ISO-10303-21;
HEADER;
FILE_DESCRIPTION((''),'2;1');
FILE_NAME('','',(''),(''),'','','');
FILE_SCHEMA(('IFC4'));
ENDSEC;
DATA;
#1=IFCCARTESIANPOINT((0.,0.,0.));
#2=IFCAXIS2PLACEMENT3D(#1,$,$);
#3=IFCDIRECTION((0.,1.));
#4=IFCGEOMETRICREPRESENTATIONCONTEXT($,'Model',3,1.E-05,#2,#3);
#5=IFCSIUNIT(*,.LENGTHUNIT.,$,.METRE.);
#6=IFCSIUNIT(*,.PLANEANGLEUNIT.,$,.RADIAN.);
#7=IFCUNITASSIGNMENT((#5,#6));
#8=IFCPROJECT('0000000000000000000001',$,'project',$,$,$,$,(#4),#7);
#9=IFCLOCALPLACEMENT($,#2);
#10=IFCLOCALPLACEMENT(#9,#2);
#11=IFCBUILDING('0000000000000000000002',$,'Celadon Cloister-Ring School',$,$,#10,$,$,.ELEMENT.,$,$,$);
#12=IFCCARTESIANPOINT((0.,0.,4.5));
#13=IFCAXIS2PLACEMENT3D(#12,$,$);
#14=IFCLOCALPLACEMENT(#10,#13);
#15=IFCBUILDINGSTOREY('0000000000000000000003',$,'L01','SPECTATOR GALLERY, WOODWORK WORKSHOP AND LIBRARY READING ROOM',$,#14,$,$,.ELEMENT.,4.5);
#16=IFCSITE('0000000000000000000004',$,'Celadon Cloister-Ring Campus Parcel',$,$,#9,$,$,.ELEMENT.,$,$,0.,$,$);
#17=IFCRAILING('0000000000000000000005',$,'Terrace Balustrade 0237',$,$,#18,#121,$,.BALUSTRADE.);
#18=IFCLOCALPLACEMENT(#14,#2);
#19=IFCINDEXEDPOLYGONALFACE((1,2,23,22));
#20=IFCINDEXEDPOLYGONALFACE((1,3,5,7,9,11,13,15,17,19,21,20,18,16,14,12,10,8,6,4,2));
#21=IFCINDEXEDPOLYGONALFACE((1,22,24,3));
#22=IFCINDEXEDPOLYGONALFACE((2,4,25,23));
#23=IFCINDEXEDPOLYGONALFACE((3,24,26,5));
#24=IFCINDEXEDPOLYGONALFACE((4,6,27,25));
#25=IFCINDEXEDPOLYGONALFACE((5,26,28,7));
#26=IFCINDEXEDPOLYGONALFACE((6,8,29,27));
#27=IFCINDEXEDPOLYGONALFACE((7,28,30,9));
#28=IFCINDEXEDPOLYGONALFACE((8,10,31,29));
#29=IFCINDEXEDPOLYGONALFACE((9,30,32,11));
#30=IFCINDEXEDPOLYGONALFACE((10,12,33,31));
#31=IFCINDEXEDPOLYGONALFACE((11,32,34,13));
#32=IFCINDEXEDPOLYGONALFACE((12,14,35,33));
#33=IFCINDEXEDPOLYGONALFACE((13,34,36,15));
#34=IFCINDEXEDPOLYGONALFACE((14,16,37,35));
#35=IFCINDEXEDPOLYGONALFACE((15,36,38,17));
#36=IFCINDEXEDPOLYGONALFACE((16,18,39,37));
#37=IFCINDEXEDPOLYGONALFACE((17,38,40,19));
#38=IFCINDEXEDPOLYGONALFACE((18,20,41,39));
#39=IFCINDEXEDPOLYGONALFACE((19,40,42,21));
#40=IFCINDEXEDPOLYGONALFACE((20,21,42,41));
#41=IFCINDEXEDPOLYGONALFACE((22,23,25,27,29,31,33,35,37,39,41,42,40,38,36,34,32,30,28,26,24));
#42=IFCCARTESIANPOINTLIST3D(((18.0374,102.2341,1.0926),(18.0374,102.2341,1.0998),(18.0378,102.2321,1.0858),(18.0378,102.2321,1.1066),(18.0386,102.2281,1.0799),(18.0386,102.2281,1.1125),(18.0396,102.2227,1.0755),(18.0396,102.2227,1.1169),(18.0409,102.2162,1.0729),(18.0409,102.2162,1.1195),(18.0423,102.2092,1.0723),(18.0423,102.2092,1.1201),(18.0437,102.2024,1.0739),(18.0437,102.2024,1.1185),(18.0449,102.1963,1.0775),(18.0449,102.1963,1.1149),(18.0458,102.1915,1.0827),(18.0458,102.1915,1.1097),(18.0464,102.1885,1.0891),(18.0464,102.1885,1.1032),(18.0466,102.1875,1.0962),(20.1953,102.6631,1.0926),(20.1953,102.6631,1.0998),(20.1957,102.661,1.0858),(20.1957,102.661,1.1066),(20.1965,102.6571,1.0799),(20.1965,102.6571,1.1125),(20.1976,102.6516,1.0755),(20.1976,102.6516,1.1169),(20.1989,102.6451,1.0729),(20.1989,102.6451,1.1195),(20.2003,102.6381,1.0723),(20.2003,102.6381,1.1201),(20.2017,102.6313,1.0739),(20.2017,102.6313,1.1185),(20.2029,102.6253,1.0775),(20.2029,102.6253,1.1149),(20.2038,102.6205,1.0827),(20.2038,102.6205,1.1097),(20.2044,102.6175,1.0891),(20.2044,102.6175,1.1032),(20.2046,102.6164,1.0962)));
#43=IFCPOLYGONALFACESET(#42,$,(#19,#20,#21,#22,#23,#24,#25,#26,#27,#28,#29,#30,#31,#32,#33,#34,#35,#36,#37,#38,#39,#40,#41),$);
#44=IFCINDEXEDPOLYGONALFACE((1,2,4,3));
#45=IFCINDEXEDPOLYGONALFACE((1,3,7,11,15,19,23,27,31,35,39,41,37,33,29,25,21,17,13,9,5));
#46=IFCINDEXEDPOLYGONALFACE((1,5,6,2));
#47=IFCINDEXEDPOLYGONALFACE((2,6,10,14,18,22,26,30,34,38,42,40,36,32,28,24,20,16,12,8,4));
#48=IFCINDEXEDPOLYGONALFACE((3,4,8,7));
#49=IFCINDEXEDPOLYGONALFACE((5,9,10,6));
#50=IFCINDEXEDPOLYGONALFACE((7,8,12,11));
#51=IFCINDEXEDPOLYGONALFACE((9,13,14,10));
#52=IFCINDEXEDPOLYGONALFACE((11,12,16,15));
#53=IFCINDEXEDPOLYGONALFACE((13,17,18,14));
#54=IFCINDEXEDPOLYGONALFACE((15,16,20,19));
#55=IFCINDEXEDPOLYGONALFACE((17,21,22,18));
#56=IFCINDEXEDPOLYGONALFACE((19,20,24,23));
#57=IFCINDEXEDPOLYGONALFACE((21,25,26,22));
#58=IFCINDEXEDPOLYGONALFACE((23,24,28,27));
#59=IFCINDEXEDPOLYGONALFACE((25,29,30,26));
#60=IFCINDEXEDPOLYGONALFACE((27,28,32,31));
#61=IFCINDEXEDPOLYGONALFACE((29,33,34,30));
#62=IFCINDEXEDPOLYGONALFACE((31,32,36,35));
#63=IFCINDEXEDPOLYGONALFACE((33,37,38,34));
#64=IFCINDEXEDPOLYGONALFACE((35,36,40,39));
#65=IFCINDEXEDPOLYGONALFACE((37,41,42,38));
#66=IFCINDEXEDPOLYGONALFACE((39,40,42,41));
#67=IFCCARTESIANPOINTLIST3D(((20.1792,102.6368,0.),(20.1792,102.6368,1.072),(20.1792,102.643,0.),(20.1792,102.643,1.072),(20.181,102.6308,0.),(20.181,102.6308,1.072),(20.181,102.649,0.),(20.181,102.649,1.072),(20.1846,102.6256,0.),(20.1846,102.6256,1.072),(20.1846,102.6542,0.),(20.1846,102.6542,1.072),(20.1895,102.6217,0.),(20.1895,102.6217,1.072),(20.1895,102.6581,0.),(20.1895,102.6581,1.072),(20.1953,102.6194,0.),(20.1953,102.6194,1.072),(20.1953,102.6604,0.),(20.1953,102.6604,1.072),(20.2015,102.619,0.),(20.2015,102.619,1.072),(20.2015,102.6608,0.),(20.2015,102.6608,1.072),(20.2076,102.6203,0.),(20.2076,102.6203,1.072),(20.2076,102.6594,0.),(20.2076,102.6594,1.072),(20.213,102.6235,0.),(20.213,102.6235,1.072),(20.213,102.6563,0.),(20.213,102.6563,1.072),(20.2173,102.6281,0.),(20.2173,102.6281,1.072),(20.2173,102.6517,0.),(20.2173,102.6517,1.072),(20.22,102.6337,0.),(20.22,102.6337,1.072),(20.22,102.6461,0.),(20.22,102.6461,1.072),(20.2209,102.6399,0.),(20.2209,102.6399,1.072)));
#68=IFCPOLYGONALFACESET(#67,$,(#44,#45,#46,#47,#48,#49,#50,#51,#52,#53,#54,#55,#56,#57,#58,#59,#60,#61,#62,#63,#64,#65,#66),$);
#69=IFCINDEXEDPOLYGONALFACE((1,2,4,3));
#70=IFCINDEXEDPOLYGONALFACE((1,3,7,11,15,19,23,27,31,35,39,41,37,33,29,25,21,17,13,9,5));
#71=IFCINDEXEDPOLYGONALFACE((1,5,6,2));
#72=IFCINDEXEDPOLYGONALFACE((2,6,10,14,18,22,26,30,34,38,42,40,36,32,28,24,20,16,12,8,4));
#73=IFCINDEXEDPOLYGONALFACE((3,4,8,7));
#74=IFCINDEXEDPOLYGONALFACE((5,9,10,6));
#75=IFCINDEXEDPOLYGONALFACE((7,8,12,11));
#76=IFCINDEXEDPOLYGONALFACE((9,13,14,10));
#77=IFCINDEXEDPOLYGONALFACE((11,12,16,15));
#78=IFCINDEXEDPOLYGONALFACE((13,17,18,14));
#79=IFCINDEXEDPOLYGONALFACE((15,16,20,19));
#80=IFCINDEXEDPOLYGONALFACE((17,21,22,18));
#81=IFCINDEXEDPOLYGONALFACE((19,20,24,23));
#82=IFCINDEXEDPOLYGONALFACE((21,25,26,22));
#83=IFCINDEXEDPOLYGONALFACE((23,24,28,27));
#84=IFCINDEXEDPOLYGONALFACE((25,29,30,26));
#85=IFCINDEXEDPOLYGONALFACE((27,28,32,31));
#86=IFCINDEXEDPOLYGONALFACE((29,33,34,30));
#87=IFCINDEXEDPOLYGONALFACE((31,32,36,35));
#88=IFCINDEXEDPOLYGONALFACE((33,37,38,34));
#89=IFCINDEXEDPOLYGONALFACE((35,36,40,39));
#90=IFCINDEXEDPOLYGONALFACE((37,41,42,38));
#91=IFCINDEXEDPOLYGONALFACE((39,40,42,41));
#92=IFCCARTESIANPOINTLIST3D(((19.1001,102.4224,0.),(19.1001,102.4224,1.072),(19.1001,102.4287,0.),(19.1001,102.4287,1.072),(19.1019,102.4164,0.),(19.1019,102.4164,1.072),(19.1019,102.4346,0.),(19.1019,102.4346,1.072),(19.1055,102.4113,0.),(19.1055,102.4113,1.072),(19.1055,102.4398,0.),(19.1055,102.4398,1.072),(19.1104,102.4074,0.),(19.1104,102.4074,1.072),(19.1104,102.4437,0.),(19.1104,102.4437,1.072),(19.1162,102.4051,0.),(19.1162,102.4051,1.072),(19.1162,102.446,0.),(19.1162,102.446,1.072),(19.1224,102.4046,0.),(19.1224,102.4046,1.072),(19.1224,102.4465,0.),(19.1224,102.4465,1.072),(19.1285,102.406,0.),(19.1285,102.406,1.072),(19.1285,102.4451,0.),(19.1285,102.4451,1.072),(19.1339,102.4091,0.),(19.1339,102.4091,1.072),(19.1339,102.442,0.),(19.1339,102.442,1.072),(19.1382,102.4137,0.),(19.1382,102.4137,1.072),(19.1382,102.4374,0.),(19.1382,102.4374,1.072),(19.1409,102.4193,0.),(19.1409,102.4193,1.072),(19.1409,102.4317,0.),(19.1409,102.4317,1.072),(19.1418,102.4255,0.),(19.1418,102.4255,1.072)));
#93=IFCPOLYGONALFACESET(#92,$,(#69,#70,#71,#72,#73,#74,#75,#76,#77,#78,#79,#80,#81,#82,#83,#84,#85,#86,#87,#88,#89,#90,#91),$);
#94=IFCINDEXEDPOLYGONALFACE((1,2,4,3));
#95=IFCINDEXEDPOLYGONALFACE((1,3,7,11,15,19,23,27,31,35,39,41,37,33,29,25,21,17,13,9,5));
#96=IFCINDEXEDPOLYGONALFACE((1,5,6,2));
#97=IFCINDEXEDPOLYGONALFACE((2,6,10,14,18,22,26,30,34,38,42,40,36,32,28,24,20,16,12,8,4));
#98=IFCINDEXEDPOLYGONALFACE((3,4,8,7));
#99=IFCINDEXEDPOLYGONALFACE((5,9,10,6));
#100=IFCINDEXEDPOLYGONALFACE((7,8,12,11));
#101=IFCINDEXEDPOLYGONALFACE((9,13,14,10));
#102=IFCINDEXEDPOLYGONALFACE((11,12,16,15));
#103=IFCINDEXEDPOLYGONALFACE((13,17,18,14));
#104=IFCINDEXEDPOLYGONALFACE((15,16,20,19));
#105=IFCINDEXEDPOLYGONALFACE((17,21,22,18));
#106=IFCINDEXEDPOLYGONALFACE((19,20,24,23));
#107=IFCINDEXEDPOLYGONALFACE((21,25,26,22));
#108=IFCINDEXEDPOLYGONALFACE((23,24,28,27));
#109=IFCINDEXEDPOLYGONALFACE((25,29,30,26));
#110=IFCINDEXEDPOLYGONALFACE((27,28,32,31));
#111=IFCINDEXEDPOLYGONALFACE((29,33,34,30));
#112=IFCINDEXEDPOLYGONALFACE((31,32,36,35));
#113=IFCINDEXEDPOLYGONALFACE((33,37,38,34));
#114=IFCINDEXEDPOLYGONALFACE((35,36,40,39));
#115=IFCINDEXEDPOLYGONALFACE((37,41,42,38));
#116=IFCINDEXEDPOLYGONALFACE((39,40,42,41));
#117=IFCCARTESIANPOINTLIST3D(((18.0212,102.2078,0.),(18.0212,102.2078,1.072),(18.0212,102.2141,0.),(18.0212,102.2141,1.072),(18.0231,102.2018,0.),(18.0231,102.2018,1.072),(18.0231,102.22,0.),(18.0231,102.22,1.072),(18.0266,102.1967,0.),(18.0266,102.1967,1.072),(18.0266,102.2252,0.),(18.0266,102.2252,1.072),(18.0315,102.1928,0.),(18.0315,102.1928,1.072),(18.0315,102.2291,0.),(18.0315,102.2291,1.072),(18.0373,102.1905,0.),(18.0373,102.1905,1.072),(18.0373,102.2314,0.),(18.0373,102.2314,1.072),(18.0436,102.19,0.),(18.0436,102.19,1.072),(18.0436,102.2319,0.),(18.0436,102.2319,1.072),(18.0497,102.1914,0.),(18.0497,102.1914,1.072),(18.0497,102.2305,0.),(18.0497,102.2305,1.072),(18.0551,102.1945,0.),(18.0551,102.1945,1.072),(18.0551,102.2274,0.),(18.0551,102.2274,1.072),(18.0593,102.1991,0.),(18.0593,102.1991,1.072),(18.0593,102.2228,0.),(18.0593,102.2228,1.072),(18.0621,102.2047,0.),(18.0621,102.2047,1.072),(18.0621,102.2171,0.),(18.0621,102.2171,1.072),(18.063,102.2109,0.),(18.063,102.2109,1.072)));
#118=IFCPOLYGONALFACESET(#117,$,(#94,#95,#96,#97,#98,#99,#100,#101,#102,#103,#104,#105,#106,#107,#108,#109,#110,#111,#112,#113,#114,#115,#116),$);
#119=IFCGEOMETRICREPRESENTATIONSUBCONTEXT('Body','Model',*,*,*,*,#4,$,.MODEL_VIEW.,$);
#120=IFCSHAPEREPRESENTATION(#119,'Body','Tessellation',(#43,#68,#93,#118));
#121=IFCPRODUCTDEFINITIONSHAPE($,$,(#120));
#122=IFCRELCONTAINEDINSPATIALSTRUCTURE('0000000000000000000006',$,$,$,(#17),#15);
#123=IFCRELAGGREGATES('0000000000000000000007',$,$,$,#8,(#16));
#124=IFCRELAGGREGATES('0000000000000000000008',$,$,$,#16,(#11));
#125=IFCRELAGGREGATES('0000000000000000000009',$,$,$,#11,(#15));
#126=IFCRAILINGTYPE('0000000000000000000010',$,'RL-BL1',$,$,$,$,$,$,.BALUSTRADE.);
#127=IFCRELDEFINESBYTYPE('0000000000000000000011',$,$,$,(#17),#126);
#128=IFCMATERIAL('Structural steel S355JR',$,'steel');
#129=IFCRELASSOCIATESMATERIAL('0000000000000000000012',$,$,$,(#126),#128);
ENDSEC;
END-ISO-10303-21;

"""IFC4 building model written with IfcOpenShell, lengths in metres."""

from ifc_helpers import new_model, si_unit, direction, frame, origin, origin_2d, place, context, subcontext, project, spatial, circle, extrude, material, type_object, element, save


model = new_model("IFC4")

# Units and contexts
model_context = context("Model", 3, precision=1e-05, world=origin(), true_north=direction((0.0, 1.0)))
body_context = subcontext(model_context, "Body", "Model", "MODEL_VIEW")
ifc_project = project(units=[si_unit("LENGTHUNIT", "METRE"), si_unit("PLANEANGLEUNIT", "RADIAN")], contexts=[model_context])

# Site, building, storey
site_placement = place(None, origin())
site = spatial("IfcSite", under=ifc_project, at=site_placement, Name="Celadon Cloister-Ring Campus Parcel", CompositionType="ELEMENT", RefElevation=0.0)
building_placement = place(site_placement, origin())
building = spatial("IfcBuilding", under=site, at=building_placement, Name="Celadon Cloister-Ring School", CompositionType="ELEMENT")
storey_placement = place(building_placement, frame((0.0, 0.0, 4.5)))
storey = spatial("IfcBuildingStorey", under=building, at=storey_placement, Name="L01", Description="SPECTATOR GALLERY, WOODWORK WORKSHOP AND LIBRARY READING ROOM", CompositionType="ELEMENT", Elevation=4.5)

# Railing
ifc_material_1 = material(Name="Structural steel S355JR", Category="steel")
railing_type = type_object("IfcRailingType", Name="RL-BL1", PredefinedType="BALUSTRADE", material=ifc_material_1)
railing_placement = place(storey_placement, frame((20.2, 102.6399, 0.0)))
element("IfcRailing", 1, at=railing_placement, inside=storey, type_object=railing_type, Name="Terrace Balustrade 0237", PredefinedType="BALUSTRADE", context=body_context, shape_type="SweptSolid", body=[
    extrude(circle(Radius=0.0239, at=origin_2d()), frame((0.0, 0.0, 1.0962), z_axis=(-0.98081, -0.194964, 0.0), x_axis=(0.194964, -0.98081, 0.0)), (0.0, 0.0, 1.0), 2.2002),
    extrude(circle(Radius=0.021, at=origin_2d()), origin(), (0.0, 0.0, 1.0), 1.072),
    extrude(circle(Radius=0.021, at=origin_2d()), frame((-1.0791, -0.2144, 0.0)), (0.0, 0.0, 1.0), 1.072),
    extrude(circle(Radius=0.021, at=origin_2d()), frame((-2.158, -0.429, 0.0)), (0.0, 0.0, 1.0), 1.072),
])

save(model, "model.ifc")
